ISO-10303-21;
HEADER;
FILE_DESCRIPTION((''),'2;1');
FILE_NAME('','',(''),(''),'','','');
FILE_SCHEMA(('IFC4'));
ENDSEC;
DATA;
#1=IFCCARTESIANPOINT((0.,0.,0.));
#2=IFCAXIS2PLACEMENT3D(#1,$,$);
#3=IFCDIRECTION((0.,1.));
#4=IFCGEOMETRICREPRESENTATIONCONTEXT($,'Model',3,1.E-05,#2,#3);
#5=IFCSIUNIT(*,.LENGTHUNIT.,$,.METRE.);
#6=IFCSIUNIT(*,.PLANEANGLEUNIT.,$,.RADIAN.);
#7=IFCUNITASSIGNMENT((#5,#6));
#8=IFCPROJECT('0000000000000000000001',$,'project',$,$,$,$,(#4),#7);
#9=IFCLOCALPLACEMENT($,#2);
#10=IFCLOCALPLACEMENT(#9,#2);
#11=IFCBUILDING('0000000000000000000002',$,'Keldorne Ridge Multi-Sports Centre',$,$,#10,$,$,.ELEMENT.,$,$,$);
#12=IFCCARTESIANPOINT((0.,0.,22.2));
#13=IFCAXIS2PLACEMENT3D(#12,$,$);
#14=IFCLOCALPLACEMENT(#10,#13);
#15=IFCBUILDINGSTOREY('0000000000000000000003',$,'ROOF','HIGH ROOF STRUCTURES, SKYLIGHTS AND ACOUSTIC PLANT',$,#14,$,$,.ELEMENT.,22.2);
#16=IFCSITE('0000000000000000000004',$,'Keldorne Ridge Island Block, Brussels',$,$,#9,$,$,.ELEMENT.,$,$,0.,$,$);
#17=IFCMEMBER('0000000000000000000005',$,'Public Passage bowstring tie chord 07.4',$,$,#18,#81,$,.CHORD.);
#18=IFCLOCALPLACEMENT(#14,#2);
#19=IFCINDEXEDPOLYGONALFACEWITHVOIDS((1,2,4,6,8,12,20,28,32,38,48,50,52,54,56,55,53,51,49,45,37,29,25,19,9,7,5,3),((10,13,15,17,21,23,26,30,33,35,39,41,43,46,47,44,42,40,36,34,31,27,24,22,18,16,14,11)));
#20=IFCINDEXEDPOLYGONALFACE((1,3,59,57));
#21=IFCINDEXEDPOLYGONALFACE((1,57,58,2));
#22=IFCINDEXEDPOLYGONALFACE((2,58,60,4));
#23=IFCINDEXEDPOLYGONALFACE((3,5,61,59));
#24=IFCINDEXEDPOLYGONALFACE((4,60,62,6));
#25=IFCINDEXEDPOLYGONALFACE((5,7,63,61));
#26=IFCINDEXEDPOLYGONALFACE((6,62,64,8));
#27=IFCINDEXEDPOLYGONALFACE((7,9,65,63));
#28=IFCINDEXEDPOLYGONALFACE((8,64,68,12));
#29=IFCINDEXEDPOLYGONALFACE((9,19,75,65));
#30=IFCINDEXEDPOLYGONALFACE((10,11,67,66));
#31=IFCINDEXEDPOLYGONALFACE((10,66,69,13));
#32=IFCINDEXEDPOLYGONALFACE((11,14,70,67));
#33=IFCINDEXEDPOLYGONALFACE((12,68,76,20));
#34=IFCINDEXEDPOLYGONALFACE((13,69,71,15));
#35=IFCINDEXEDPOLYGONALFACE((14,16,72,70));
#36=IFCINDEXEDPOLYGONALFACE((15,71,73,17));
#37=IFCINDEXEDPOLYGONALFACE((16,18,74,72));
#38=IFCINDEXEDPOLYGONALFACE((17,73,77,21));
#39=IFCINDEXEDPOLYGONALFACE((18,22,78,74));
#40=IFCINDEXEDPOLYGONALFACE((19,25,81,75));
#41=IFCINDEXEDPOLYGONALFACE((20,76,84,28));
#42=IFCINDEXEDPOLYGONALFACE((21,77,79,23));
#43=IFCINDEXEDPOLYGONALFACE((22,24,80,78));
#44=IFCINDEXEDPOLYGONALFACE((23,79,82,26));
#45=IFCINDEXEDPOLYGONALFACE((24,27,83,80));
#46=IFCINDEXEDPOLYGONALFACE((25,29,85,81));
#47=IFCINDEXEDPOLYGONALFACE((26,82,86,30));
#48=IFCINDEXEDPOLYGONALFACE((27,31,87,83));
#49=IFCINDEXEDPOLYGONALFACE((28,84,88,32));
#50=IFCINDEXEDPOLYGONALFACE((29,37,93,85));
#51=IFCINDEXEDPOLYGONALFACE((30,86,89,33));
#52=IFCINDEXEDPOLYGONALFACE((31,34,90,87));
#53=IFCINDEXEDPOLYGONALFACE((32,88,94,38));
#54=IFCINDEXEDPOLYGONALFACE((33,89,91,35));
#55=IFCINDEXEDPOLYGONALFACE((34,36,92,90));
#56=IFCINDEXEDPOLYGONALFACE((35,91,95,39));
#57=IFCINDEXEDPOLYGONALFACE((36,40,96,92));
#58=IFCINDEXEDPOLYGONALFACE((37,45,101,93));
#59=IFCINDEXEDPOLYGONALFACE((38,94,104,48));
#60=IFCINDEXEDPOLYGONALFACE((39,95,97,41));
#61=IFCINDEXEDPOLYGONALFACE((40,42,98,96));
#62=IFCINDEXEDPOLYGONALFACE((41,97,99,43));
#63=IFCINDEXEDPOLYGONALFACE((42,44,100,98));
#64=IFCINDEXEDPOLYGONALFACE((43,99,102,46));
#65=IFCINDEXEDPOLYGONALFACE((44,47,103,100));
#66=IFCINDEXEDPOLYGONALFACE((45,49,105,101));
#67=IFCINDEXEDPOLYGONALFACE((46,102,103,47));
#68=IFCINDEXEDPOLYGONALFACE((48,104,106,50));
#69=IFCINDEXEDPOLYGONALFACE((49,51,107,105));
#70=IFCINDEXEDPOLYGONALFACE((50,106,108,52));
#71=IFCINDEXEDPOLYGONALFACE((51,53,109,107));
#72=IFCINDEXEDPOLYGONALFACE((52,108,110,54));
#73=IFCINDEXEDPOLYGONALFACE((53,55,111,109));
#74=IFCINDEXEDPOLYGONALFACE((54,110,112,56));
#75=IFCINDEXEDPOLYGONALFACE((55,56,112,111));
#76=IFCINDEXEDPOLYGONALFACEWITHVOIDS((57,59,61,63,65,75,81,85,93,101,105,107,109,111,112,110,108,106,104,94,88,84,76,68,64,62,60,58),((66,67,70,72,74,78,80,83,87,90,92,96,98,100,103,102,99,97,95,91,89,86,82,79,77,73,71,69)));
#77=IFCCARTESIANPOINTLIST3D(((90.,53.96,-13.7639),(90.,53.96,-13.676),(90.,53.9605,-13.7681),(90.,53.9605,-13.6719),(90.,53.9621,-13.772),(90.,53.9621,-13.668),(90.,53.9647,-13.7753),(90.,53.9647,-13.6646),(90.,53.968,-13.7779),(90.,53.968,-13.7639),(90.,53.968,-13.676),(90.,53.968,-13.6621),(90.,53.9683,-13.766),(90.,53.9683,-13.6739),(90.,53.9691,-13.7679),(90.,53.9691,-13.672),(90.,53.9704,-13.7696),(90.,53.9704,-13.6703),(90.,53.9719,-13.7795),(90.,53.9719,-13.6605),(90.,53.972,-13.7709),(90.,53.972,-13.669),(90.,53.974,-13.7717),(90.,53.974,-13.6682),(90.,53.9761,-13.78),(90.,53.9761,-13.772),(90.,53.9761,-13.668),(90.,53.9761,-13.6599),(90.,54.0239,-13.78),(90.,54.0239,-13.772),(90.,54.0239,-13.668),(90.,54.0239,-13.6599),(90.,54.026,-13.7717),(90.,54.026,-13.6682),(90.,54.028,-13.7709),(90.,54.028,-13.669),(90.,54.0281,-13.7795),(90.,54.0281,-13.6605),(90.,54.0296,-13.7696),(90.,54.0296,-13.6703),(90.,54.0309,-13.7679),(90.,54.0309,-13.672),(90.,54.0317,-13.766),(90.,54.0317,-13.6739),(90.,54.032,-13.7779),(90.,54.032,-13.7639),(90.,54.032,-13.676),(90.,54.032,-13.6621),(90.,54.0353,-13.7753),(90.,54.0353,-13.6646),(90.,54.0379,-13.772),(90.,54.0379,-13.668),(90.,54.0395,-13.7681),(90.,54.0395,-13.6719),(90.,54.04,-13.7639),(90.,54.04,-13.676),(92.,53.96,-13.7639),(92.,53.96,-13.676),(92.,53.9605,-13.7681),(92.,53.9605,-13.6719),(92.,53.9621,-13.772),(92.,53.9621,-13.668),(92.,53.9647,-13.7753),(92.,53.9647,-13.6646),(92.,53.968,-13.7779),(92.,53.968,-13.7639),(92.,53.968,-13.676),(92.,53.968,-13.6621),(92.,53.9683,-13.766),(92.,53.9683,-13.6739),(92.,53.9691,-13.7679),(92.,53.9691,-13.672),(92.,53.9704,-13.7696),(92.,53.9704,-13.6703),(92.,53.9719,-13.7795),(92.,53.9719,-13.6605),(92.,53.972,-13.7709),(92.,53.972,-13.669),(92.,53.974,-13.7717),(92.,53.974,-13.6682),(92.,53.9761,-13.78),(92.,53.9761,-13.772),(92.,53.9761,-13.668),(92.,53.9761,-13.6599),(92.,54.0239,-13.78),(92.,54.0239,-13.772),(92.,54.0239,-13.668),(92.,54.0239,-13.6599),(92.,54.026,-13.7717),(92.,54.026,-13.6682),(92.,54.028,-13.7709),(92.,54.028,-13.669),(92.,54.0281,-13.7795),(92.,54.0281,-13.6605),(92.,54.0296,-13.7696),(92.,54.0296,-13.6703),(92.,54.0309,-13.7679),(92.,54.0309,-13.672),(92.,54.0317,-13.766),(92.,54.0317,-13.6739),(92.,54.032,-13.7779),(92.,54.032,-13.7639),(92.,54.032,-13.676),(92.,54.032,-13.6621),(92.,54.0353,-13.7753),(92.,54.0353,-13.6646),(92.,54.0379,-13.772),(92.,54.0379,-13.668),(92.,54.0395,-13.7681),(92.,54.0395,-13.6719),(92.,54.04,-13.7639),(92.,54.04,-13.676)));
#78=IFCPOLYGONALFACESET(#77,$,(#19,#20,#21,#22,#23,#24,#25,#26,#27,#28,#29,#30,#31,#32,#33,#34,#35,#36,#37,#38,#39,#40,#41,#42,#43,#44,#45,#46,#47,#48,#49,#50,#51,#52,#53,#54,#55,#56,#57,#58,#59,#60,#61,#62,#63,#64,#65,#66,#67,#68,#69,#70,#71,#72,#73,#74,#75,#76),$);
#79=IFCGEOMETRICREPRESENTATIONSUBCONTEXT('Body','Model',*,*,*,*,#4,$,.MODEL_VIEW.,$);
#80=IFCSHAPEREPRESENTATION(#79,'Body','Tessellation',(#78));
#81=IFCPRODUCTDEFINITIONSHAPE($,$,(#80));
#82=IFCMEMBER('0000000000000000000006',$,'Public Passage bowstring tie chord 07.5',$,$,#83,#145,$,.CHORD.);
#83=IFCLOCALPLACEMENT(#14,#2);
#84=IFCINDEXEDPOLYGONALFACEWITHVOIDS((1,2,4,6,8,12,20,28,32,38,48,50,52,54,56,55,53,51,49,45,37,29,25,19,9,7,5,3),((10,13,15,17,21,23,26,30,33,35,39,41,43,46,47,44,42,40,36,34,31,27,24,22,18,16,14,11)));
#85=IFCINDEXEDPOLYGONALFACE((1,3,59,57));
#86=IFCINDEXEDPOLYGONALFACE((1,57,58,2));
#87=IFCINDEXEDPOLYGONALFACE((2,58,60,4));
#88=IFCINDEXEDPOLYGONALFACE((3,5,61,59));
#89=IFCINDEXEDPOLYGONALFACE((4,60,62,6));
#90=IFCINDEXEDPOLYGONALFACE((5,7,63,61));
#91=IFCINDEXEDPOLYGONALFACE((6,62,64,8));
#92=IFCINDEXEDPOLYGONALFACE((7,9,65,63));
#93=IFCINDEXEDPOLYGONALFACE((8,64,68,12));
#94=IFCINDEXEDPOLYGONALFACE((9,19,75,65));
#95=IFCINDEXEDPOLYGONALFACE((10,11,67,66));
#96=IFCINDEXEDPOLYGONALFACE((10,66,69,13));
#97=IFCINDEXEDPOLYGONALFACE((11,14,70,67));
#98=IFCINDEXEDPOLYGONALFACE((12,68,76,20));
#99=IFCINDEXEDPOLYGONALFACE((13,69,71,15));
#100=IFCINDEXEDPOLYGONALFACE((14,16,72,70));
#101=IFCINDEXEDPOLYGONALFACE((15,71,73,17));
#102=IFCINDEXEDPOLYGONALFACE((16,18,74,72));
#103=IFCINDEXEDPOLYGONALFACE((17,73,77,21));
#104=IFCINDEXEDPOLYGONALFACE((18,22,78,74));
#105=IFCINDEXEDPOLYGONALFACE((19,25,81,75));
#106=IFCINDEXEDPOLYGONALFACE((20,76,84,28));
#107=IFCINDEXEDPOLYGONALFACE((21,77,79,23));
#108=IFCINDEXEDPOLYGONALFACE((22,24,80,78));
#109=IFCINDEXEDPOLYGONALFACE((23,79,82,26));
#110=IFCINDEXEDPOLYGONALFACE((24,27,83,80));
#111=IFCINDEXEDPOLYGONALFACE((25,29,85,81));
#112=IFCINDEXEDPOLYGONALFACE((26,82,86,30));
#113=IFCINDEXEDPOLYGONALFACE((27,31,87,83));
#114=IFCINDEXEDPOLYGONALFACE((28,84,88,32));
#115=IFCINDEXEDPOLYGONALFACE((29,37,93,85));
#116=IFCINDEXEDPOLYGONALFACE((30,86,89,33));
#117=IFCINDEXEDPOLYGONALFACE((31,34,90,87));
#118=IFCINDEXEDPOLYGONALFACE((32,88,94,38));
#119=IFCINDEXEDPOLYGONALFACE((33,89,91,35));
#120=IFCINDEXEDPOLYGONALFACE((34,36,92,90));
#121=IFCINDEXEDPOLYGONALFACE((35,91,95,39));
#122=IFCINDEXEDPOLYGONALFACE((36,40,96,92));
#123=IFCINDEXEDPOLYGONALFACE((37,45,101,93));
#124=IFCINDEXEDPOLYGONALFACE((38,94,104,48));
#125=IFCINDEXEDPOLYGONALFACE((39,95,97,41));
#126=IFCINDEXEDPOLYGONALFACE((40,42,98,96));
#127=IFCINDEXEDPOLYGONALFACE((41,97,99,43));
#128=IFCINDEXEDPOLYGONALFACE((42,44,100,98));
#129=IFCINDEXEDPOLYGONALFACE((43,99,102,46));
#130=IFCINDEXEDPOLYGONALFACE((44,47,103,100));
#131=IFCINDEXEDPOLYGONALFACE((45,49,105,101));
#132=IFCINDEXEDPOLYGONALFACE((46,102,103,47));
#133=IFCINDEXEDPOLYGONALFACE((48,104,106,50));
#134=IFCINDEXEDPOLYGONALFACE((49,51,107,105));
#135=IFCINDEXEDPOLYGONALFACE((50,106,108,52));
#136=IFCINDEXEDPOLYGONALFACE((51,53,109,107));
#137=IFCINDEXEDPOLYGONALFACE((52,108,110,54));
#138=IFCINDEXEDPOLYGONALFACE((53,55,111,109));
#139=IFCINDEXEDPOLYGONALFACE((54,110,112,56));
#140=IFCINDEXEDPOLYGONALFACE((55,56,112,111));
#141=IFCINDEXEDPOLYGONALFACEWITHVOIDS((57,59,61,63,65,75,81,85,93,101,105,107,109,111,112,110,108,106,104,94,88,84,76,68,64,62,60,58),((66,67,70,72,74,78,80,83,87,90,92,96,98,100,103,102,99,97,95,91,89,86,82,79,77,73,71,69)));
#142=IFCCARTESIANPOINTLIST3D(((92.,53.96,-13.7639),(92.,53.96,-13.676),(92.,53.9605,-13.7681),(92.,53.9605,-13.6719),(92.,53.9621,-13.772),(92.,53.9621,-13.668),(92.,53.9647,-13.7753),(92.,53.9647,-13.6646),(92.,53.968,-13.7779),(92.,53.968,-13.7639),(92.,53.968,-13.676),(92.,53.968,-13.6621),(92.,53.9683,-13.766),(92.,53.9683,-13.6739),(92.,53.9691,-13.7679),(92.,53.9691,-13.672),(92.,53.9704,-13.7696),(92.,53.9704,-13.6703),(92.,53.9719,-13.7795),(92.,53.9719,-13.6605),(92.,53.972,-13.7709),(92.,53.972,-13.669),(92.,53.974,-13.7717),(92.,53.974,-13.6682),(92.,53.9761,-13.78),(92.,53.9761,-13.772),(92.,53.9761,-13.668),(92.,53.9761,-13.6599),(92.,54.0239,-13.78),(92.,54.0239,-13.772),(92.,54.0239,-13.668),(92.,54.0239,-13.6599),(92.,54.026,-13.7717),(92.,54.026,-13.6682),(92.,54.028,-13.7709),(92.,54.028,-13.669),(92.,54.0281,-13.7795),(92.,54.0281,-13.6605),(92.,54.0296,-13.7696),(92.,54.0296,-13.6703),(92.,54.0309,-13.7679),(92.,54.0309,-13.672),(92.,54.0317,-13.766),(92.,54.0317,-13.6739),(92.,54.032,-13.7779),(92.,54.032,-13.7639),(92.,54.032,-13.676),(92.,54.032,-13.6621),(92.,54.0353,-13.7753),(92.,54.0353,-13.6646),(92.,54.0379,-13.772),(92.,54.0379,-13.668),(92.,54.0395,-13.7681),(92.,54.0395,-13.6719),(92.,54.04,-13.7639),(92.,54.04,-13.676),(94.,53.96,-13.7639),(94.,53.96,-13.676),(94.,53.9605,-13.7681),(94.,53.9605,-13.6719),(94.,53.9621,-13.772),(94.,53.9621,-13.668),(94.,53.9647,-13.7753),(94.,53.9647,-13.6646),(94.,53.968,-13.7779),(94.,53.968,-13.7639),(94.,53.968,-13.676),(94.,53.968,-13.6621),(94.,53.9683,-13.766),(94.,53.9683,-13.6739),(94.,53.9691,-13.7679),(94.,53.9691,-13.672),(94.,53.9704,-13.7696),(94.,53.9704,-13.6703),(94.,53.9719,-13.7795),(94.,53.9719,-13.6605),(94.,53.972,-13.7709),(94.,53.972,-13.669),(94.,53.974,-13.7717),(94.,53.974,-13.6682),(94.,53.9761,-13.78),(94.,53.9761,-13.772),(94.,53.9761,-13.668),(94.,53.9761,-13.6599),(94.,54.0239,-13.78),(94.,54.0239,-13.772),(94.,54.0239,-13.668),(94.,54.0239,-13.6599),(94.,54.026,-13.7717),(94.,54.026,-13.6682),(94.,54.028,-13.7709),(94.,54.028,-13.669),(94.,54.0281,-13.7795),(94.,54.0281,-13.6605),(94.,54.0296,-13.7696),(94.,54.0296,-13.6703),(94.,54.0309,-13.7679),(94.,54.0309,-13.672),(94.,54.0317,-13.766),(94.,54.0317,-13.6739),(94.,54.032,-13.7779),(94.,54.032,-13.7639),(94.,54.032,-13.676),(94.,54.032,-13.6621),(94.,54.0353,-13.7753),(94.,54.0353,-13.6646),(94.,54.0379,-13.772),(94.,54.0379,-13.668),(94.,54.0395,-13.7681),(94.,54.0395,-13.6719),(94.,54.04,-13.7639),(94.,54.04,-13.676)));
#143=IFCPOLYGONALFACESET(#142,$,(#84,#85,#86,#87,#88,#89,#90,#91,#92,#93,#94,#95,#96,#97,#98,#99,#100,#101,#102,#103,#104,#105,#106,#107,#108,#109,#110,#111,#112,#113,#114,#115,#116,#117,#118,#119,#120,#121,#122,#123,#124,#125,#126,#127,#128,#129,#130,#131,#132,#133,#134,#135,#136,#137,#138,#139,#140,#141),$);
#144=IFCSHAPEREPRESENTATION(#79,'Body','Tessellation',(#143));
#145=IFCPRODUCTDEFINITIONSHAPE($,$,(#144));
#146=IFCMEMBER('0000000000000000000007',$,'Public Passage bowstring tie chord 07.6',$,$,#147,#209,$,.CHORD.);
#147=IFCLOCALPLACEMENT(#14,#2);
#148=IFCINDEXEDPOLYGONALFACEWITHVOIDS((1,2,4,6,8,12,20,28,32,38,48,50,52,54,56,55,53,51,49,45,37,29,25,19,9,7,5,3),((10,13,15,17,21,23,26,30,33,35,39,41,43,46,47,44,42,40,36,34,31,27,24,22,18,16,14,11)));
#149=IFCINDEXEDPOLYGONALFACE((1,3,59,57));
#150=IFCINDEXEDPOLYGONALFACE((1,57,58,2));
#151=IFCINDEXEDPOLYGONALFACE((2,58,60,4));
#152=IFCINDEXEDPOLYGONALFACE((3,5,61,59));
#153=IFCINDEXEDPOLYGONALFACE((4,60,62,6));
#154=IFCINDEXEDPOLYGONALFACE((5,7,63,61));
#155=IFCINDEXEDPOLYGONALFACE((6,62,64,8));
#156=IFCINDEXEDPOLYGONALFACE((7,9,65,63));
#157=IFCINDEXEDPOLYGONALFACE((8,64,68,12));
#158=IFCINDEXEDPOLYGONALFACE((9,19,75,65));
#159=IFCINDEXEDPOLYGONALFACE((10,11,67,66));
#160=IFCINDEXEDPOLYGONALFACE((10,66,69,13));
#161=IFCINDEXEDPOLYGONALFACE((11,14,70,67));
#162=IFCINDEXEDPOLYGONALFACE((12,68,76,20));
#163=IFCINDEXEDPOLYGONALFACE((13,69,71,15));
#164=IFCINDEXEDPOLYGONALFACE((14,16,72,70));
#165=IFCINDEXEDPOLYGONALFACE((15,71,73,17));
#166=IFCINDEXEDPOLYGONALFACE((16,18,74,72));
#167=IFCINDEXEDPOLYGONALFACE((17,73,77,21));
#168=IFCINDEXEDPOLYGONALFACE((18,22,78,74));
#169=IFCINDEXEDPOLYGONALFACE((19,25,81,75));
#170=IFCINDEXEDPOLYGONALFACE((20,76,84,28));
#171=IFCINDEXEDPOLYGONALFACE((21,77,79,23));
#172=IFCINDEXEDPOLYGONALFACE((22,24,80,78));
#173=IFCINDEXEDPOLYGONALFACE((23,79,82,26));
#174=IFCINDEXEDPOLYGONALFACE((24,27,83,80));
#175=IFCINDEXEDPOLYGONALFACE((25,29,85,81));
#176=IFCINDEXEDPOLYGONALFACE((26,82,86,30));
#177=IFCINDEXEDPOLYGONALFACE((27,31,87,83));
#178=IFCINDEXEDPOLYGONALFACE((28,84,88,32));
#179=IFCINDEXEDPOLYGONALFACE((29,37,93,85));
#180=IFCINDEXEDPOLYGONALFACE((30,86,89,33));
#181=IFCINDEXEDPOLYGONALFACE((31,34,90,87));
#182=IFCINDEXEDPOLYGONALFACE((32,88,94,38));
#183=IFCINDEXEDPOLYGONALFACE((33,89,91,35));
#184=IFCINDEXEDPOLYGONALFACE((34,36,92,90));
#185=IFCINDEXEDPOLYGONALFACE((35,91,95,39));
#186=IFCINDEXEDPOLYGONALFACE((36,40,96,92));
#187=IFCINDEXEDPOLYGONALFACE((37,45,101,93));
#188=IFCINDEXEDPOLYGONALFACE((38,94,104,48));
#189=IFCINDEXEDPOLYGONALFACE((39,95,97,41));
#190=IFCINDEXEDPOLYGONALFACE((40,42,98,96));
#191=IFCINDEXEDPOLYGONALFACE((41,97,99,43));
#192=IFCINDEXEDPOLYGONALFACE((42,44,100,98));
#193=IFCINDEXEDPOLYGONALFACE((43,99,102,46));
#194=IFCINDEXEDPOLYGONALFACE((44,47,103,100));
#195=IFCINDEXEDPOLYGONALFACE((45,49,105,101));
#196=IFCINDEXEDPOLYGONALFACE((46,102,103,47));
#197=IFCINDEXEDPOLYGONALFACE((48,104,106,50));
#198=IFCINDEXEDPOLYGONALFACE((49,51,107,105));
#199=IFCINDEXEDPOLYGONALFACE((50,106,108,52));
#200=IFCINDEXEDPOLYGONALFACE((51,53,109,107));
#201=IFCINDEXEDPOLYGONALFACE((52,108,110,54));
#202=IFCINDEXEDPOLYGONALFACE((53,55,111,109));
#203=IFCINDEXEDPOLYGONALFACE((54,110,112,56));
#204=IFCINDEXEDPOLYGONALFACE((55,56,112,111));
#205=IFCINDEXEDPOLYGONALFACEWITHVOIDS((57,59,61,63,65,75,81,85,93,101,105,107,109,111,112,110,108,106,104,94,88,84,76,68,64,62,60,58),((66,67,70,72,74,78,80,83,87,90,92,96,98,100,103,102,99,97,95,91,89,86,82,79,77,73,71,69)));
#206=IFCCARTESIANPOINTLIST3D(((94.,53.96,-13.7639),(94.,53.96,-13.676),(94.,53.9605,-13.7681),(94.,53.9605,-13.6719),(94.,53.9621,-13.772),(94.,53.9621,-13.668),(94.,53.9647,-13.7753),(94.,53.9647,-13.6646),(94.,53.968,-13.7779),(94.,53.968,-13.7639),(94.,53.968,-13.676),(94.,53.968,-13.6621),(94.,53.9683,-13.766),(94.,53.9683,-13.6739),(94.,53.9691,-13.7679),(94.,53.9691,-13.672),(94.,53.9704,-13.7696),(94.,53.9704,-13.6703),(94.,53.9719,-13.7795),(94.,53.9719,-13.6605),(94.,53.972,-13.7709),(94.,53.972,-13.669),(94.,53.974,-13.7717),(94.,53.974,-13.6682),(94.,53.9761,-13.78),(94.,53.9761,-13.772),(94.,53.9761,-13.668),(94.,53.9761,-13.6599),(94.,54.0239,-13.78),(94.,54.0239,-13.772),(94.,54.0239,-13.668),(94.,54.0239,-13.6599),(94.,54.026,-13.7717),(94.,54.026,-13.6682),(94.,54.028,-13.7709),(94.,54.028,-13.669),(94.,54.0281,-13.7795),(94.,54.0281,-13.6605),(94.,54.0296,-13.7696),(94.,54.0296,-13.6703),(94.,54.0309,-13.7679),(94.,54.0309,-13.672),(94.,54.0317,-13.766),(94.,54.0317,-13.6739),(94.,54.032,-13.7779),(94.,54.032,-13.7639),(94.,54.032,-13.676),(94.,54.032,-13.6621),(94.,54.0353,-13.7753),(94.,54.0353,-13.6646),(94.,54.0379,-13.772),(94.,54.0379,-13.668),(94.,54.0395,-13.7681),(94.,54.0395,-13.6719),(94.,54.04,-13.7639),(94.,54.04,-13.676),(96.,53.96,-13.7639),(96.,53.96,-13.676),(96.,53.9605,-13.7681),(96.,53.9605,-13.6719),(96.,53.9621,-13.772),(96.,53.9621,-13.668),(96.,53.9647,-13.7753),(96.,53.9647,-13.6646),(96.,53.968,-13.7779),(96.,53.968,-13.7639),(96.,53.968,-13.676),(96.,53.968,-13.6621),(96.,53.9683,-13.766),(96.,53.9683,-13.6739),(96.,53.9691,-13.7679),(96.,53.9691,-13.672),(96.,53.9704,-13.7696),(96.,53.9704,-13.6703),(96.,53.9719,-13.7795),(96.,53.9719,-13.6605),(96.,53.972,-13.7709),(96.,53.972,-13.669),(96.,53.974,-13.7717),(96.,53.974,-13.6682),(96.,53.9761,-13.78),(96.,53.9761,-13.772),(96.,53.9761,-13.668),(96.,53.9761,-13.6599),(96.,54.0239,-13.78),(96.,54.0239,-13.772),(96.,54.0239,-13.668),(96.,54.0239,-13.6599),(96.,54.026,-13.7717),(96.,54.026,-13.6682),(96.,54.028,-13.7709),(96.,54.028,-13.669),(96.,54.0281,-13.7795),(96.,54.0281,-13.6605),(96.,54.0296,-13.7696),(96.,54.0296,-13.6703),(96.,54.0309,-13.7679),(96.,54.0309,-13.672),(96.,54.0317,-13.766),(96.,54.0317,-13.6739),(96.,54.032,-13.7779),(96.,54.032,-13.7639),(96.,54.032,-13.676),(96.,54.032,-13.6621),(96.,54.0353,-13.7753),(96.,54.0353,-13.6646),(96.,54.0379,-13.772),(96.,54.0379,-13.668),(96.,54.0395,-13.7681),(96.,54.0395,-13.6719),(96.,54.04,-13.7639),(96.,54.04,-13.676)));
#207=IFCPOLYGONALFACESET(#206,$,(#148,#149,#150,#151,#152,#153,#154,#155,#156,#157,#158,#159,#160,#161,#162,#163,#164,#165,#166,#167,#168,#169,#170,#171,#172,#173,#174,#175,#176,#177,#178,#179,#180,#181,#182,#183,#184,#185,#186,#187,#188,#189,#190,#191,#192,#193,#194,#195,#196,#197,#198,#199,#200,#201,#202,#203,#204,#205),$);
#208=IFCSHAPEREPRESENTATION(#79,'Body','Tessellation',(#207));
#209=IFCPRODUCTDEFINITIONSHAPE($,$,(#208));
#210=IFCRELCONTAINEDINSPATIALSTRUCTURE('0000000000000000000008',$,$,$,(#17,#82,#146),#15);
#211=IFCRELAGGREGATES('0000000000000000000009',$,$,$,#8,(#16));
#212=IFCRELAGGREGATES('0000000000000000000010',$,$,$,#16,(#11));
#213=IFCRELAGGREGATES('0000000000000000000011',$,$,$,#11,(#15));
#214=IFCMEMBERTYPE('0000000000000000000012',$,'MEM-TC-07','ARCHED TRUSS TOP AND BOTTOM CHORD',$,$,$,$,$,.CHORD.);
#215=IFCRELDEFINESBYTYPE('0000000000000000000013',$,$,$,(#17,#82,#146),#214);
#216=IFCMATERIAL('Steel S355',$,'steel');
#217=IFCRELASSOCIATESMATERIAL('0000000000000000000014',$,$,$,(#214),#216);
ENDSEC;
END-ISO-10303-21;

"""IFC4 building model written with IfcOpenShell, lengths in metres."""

from ifc_helpers import new_model, si_unit, direction, frame, origin, origin_2d, place, context, subcontext, project, spatial, hollow_rectangle, extrude, material, material_profile, profile_set, type_object, element, save


model = new_model("IFC4")

# Units and contexts
model_context = context("Model", 3, precision=1e-05, world=origin(), true_north=direction((0.0, 1.0)))
body_context = subcontext(model_context, "Body", "Model", "MODEL_VIEW")
ifc_project = project(units=[si_unit("LENGTHUNIT", "METRE"), si_unit("PLANEANGLEUNIT", "RADIAN")], contexts=[model_context])

# Site, building, storey
site_placement = place(None, origin())
site = spatial("IfcSite", under=ifc_project, at=site_placement, Name="Keldorne Ridge Island Block, Brussels", CompositionType="ELEMENT", RefElevation=0.0)
building_placement = place(site_placement, origin())
building = spatial("IfcBuilding", under=site, at=building_placement, Name="Keldorne Ridge Multi-Sports Centre", CompositionType="ELEMENT")
storey_placement = place(building_placement, frame((0.0, 0.0, 22.2)))
storey = spatial("IfcBuildingStorey", under=building, at=storey_placement, Name="ROOF", Description="HIGH ROOF STRUCTURES, SKYLIGHTS AND ACOUSTIC PLANT", CompositionType="ELEMENT", Elevation=22.2)

# Members
ifc_material = material(Name="Steel S355", Category="steel")
ifc_material_profile_1 = material_profile(ifc_material, hollow_rectangle(XDim=0.0801, YDim=0.1201, WallThickness=0.0081, InnerFilletRadius=0.0081, OuterFilletRadius=0.0161, at=origin_2d()), Name="RHS 120x80x8")
ifc_profile_set_1 = profile_set([ifc_material_profile_1], Name="Steel S355")
member_type_1 = type_object("IfcMemberType", Name="MEM-TC-07", Description="ARCHED TRUSS TOP AND BOTTOM CHORD", PredefinedType="CHORD", material=ifc_profile_set_1)
for number, where, z_axis, x_axis, name in (
    (1, (90.0, 54.0, -13.72), (1.0, 0.0, 0.0), (0.0, 1.0, 0.0), "Public Passage bowstring tie chord 07.4"),
    (2, (92.0, 54.0, -13.72), (1.0, 0.0, 0.0), (0.0, 1.0, 0.0), "Public Passage bowstring tie chord 07.5"),
    (3, (94.0, 54.0, -13.72), (1.0, 0.0, 0.0), (0.0, 1.0, 0.0), "Public Passage bowstring tie chord 07.6"),
):
    element("IfcMember", number, at=place(storey_placement, frame(where, z_axis=z_axis, x_axis=x_axis)), inside=storey, type_object=member_type_1, Name=name, PredefinedType="CHORD", context=body_context, shape_type="SweptSolid", body=[
        extrude(hollow_rectangle(XDim=0.0801, YDim=0.1201, WallThickness=0.0081, InnerFilletRadius=0.0081, OuterFilletRadius=0.0161, at=origin_2d()), origin(), (0.0, 0.0, 1.0), 2.0),
    ])

save(model, "model.ifc")
